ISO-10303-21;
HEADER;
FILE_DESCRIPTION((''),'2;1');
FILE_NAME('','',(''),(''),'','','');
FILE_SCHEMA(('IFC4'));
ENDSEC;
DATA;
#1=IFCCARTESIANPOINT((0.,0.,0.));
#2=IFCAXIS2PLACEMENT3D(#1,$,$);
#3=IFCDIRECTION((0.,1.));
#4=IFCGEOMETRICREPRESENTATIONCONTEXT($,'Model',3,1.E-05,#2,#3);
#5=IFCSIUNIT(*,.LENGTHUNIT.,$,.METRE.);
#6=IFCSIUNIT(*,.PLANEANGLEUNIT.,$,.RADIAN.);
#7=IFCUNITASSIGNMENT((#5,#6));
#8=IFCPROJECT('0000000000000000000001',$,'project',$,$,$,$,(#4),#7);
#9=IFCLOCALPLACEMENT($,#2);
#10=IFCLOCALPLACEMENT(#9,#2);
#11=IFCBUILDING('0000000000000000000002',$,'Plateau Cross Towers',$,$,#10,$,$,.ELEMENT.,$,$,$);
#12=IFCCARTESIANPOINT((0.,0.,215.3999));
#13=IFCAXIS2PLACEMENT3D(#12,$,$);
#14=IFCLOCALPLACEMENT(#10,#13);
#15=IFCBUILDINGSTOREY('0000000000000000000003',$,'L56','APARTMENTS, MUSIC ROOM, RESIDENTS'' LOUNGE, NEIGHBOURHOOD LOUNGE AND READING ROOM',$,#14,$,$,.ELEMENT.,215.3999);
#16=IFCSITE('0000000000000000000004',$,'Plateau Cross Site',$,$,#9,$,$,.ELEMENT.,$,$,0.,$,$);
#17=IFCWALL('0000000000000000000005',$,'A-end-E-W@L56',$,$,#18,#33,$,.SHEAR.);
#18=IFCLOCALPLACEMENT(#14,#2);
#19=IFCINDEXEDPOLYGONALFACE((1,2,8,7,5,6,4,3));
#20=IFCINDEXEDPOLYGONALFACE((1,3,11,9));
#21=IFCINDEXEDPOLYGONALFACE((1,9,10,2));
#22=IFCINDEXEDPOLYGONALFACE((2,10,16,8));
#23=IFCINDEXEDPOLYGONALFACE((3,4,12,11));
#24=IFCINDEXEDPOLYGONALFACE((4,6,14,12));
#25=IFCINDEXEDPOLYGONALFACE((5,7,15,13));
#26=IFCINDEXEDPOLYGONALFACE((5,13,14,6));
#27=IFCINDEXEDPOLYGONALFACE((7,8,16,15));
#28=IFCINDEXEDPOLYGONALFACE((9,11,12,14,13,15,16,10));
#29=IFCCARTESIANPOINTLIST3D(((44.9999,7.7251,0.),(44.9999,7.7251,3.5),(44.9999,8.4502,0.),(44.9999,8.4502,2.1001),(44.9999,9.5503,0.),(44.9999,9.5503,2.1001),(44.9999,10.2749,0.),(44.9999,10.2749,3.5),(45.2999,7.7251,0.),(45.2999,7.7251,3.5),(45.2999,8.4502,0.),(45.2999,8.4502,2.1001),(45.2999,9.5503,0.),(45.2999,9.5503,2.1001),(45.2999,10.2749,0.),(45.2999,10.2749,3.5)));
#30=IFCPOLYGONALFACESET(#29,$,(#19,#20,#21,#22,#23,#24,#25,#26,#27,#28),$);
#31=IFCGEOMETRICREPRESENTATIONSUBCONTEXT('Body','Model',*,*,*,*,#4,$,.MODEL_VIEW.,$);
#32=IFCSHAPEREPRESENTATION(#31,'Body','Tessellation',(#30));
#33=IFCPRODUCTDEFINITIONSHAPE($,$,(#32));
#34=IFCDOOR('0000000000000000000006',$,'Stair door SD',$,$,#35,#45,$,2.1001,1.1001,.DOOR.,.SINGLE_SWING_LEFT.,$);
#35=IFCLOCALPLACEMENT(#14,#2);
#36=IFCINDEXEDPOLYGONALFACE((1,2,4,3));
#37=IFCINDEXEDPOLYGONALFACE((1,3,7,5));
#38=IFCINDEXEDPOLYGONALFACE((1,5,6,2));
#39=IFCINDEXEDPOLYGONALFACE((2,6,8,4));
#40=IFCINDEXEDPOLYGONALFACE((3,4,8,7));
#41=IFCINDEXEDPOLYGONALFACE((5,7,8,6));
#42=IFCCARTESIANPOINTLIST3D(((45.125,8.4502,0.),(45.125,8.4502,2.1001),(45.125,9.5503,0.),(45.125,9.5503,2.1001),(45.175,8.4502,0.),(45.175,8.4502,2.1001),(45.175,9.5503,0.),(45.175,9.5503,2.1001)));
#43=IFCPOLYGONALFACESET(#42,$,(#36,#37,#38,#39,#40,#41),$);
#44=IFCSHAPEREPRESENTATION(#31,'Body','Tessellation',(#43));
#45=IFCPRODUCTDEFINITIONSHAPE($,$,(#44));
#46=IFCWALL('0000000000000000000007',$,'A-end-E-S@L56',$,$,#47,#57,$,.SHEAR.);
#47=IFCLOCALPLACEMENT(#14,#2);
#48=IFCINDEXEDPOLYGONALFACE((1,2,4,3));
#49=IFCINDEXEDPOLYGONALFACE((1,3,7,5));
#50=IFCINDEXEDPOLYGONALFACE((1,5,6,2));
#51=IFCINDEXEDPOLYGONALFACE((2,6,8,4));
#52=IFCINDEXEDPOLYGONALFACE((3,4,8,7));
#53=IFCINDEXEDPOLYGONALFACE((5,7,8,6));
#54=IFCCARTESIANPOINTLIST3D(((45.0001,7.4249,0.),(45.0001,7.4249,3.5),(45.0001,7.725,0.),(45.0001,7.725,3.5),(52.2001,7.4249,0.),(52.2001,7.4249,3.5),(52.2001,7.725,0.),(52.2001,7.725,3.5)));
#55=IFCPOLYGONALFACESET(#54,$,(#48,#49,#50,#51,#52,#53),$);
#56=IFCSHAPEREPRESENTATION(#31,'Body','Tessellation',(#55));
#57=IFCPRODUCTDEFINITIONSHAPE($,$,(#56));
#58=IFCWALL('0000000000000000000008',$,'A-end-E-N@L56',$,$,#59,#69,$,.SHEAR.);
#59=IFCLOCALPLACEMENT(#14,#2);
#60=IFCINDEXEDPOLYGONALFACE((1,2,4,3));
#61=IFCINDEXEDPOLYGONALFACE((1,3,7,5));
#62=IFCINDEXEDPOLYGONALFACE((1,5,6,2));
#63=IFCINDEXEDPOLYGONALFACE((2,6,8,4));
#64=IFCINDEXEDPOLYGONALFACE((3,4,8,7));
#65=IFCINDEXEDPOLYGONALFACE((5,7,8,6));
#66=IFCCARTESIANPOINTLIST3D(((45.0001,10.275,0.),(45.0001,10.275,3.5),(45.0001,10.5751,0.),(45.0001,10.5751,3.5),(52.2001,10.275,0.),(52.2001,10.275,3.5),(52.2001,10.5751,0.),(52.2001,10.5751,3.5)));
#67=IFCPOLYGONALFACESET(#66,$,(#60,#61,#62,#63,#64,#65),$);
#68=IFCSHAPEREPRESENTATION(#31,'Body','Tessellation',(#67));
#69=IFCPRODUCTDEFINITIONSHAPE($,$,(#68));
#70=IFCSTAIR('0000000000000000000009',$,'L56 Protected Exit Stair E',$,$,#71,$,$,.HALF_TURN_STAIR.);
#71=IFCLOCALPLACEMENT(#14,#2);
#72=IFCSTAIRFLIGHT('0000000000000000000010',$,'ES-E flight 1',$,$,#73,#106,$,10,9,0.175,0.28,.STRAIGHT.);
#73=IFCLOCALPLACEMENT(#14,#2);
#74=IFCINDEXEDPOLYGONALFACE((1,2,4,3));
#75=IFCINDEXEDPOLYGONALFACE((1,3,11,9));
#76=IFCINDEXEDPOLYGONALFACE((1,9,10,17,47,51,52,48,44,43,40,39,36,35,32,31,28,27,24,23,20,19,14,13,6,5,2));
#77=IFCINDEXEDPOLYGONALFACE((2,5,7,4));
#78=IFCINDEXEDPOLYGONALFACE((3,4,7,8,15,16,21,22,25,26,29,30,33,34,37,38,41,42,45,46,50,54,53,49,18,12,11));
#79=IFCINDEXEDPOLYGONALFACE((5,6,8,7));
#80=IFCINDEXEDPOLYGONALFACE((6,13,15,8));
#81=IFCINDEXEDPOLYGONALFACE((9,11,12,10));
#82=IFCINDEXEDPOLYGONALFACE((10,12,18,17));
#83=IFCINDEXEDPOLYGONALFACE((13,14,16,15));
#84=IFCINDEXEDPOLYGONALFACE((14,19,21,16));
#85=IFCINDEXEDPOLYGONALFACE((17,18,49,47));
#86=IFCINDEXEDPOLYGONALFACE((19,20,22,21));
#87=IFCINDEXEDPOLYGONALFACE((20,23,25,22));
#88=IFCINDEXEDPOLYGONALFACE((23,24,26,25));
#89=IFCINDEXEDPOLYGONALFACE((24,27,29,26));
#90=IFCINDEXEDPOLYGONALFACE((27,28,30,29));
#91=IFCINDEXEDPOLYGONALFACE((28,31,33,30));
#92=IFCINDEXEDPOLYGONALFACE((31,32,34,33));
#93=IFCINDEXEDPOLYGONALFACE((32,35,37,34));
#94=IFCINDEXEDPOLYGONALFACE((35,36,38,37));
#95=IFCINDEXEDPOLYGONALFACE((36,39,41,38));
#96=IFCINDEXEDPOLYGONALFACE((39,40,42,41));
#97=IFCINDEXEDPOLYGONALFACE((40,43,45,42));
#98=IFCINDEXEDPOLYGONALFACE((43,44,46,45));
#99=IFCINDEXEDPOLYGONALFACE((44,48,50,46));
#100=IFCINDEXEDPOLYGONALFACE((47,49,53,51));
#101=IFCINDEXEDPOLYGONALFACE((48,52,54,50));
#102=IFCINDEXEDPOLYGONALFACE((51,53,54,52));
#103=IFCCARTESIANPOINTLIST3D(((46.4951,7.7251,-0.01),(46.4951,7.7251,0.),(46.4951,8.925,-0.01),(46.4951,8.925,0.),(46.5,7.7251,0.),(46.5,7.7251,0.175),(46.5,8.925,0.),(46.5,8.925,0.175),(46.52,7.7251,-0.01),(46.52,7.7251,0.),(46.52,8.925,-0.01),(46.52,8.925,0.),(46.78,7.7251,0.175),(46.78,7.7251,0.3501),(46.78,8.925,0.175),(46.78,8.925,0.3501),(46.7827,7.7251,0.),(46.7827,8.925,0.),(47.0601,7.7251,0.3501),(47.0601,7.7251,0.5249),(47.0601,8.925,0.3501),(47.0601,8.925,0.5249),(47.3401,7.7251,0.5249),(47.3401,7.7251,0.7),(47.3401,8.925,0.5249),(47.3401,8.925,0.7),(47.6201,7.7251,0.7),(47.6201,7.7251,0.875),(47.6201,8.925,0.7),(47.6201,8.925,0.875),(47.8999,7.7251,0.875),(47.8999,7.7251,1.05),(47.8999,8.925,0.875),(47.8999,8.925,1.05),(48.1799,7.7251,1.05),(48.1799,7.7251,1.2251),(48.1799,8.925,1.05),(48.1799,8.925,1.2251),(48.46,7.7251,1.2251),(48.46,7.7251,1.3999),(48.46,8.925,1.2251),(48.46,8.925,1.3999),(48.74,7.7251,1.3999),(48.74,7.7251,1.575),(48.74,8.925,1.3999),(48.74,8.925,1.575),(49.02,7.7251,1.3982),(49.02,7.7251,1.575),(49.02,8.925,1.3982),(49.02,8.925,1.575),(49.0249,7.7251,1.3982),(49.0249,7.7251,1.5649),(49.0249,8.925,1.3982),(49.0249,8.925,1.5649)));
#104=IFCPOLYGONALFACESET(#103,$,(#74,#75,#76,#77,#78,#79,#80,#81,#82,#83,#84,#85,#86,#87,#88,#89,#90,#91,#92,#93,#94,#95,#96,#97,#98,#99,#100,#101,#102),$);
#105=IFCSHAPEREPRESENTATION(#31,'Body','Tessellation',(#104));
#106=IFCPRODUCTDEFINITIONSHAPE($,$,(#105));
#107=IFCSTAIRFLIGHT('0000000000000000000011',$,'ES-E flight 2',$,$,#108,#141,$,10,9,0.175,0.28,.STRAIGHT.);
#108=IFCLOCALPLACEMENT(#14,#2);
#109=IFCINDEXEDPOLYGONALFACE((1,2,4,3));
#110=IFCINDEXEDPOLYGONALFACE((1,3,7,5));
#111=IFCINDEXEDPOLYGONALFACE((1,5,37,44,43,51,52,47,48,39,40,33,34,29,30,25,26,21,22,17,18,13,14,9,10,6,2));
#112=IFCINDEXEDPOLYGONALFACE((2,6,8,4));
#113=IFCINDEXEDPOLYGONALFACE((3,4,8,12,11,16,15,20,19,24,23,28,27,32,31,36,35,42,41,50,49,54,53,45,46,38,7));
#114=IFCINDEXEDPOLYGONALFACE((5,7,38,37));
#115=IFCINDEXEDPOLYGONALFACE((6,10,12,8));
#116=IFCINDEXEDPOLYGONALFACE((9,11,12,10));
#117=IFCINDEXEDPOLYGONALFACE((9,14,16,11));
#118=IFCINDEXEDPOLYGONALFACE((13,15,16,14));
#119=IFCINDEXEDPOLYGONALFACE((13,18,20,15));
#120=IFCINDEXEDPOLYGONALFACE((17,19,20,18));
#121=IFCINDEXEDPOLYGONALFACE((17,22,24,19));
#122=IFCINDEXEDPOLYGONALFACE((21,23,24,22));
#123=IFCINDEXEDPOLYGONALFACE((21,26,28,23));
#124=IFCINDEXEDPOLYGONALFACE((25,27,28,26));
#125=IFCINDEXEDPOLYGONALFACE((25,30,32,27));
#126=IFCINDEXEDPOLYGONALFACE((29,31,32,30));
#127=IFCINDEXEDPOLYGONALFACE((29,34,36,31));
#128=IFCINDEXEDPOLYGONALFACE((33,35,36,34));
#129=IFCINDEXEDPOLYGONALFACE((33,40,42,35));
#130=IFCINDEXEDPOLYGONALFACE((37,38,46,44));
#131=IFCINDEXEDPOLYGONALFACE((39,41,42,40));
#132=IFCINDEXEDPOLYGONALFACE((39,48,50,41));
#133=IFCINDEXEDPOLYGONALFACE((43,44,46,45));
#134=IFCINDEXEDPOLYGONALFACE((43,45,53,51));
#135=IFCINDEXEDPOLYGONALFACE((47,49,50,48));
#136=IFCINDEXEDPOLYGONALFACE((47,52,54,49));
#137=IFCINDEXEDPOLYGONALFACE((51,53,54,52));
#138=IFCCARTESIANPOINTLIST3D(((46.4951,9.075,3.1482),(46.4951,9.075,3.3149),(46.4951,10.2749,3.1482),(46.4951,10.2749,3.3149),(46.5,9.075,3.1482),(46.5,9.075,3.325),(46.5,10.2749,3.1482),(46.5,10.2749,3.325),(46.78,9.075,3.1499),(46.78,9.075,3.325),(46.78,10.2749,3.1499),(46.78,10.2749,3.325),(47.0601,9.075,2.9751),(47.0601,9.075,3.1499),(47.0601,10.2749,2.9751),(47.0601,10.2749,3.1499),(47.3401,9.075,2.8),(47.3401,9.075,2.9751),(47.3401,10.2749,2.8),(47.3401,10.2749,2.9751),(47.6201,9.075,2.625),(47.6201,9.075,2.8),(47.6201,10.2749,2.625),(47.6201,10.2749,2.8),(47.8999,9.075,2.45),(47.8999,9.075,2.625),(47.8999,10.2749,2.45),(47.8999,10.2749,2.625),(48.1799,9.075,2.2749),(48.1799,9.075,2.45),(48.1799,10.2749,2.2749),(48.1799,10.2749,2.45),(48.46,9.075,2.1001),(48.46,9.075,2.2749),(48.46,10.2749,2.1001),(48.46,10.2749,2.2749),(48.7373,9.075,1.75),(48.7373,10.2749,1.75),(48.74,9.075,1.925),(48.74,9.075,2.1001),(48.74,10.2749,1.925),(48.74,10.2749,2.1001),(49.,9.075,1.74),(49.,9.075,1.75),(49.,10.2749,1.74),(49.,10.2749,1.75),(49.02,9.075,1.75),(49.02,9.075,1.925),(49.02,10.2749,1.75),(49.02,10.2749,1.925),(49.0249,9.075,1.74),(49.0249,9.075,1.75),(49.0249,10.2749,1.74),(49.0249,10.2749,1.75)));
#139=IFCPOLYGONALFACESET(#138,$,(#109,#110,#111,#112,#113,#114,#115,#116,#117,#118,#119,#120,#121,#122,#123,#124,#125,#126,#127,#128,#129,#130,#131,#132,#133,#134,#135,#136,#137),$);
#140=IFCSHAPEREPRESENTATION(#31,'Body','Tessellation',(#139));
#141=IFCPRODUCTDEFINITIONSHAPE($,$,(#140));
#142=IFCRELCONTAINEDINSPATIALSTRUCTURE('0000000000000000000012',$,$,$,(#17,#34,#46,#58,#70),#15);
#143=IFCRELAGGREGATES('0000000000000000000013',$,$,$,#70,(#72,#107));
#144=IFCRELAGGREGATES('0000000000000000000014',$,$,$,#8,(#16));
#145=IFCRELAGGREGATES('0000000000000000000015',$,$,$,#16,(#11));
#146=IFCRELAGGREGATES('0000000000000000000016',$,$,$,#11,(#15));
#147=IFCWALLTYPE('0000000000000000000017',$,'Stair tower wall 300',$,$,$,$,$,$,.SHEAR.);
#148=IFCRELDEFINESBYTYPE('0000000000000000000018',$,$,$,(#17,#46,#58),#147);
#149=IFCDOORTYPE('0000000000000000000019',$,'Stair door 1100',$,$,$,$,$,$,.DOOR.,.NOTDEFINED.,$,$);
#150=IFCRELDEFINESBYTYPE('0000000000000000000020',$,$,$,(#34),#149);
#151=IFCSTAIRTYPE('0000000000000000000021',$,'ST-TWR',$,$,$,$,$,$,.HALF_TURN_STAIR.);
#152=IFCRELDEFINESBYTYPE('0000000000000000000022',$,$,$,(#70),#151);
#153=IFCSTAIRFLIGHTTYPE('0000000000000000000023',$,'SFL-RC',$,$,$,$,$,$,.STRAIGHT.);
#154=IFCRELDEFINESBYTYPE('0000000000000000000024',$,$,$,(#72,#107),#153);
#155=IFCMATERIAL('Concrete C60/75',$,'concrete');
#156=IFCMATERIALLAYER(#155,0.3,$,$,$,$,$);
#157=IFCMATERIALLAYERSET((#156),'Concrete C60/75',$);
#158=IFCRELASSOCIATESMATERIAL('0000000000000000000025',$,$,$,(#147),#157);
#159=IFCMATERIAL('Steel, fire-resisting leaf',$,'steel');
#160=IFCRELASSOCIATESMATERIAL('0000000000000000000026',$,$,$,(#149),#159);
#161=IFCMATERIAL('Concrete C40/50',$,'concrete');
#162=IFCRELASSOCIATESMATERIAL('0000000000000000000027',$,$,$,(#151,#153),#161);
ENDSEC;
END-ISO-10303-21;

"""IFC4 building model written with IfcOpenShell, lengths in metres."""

from ifc_helpers import new_model, si_unit, direction, frame, frame_2d, origin, place, context, subcontext, project, spatial, polyline, rectangle, outline, extrude, material, layer, layer_set, type_object, element, fill, aggregate, save


model = new_model("IFC4")

# Units and contexts
model_context = context("Model", 3, precision=1e-05, world=origin(), true_north=direction((0.0, 1.0)))
body_context = subcontext(model_context, "Body", "Model", "MODEL_VIEW")
ifc_project = project(units=[si_unit("LENGTHUNIT", "METRE"), si_unit("PLANEANGLEUNIT", "RADIAN")], contexts=[model_context])

# Site, building, storey
site_placement = place(None, origin())
site = spatial("IfcSite", under=ifc_project, at=site_placement, Name="Plateau Cross Site", CompositionType="ELEMENT", RefElevation=0.0)
building_placement = place(site_placement, origin())
building = spatial("IfcBuilding", under=site, at=building_placement, Name="Plateau Cross Towers", CompositionType="ELEMENT")
storey_placement = place(building_placement, frame((0.0, 0.0, 215.3999)))
storey = spatial("IfcBuildingStorey", under=building, at=storey_placement, Name="L56", Description="APARTMENTS, MUSIC ROOM, RESIDENTS' LOUNGE, NEIGHBOURHOOD LOUNGE AND READING ROOM", CompositionType="ELEMENT", Elevation=215.3999)

# Wall, opening, door
ifc_material_1 = material(Name="Concrete C60/75", Category="concrete")
ifc_layer_1 = layer(ifc_material_1, 0.3)
ifc_layer_set_1 = layer_set([ifc_layer_1], Name="Concrete C60/75")
wall_type_1 = type_object("IfcWallType", Name="Stair tower wall 300", PredefinedType="SHEAR", material=ifc_layer_set_1)
wall_1_placement = place(storey_placement, frame((45.1499, 7.7251, 0.0), z_axis=(0.0, 0.0, 1.0), x_axis=(0.0, 1.0, 0.0)))
wall_1 = element("IfcWall", 1, at=wall_1_placement, inside=storey, type_object=wall_type_1, Name="A-end-E-W@L56", PredefinedType="SHEAR", context=body_context, shape_type="SweptSolid", body=[
    extrude(rectangle(XDim=2.5498, YDim=0.3, at=frame_2d((1.2749, 0.0))), origin(), (0.0, 0.0, 1.0), 3.5),
])
opening_1_placement = place(wall_1_placement, frame((0.7251, 0.0, 0.0)))
opening_1 = element("IfcOpeningElement", 2, at=opening_1_placement, cuts=wall_1, PredefinedType="OPENING", context=body_context, shape_type="SweptSolid", body=[
    extrude(rectangle(XDim=1.1001, YDim=2.1001, at=frame_2d((0.55, 1.05))), frame((0.0, 0.1599, 0.0), z_axis=(0.0, -1.0, 0.0), x_axis=(1.0, 0.0, 0.0)), (0.0, 0.0, 1.0), 0.3201),
])
ifc_material_2 = material(Name="Steel, fire-resisting leaf", Category="steel")
door_type_1 = type_object("IfcDoorType", Name="Stair door 1100", OperationType="NOTDEFINED", PredefinedType="DOOR", material=ifc_material_2)
door_1_placement = place(opening_1_placement, origin())
door_1 = element("IfcDoor", 3, at=door_1_placement, inside=storey, type_object=door_type_1, Name="Stair door SD", OperationType="SINGLE_SWING_LEFT", OverallHeight=2.1001, OverallWidth=1.1001, PredefinedType="DOOR", context=body_context, shape_type="SweptSolid", body=[
    extrude(rectangle(XDim=1.1001, YDim=2.1001, at=frame_2d((0.55, 1.05))), frame((0.0, 0.0249, 0.0), z_axis=(0.0, -1.0, 0.0), x_axis=(1.0, 0.0, 0.0)), (0.0, 0.0, 1.0), 0.05),
])
fill(opening_1, door_1)

# Walls
for number, where, z_axis, x_axis, name in (
    (4, (45.0, 7.575, 0.0), (0.0, 0.0, 1.0), (1.0, 0.0, 0.0), "A-end-E-S@L56"),
    (5, (45.0, 10.425, 0.0), (0.0, 0.0, 1.0), (1.0, 0.0, 0.0), "A-end-E-N@L56"),
):
    element("IfcWall", number, at=place(storey_placement, frame(where, z_axis=z_axis, x_axis=x_axis)), inside=storey, type_object=wall_type_1, Name=name, PredefinedType="SHEAR", context=body_context, shape_type="SweptSolid", body=[
        extrude(rectangle(XDim=7.2, YDim=0.3, at=frame_2d((3.6001, 0.0))), origin(), (0.0, 0.0, 1.0), 3.5),
    ])

# Stair, stair flights
ifc_material_3 = material(Name="Concrete C40/50", Category="concrete")
stair_type = type_object("IfcStairType", Name="ST-TWR", PredefinedType="HALF_TURN_STAIR", material=ifc_material_3)
stair_placement = place(storey_placement, origin())
stair = element("IfcStair", 6, at=stair_placement, inside=storey, type_object=stair_type, Name="L56 Protected Exit Stair E", PredefinedType="HALF_TURN_STAIR")
stair_flight_type = type_object("IfcStairFlightType", Name="SFL-RC", PredefinedType="STRAIGHT", material=ifc_material_3)
stair_flight_1_placement = place(storey_placement, frame((46.5, 8.325, 0.0), z_axis=(0.0, 0.0, 1.0), x_axis=(1.0, 0.0, 0.0)))
stair_flight_1 = element("IfcStairFlight", 7, at=stair_flight_1_placement, type_object=stair_flight_type, Name="ES-E flight 1", NumberOfRisers=10, NumberOfTreads=9, PredefinedType="STRAIGHT", RiserHeight=0.175, TreadLength=0.28, context=body_context, shape_type="SweptSolid", body=[
    extrude(outline(polyline([(-0.0049, -0.01), (-0.0049, 0.0), (0.0, 0.0), (0.0, 0.175), (0.28, 0.175), (0.28, 0.3501), (0.5601, 0.3501), (0.5601, 0.5249), (0.8401, 0.5249), (0.8401, 0.7), (1.1201, 0.7), (1.1201, 0.875), (1.3999, 0.875), (1.3999, 1.05), (1.6799, 1.05), (1.6799, 1.2251), (1.96, 1.2251), (1.96, 1.3999), (2.24, 1.3999), (2.24, 1.575), (2.52, 1.575), (2.5249, 1.5649), (2.5249, 1.3982), (2.52, 1.3982), (0.2827, 0.0), (0.02, 0.0), (0.02, -0.01), (-0.0049, -0.01)])), frame((0.0, 0.6001, 0.0), z_axis=(0.0, -1.0, 0.0), x_axis=(1.0, 0.0, 0.0)), (0.0, 0.0, 1.0), 1.2),
])
stair_flight_2_placement = place(storey_placement, frame((49.02, 9.675, 1.75), z_axis=(0.0, 0.0, 1.0), x_axis=(-1.0, 0.0, 0.0)))
stair_flight_2 = element("IfcStairFlight", 8, at=stair_flight_2_placement, type_object=stair_flight_type, Name="ES-E flight 2", NumberOfRisers=10, NumberOfTreads=9, PredefinedType="STRAIGHT", RiserHeight=0.175, TreadLength=0.28, context=body_context, shape_type="SweptSolid", body=[
    extrude(outline(polyline([(-0.0049, -0.01), (-0.0049, 0.0), (0.0, 0.0), (0.0, 0.175), (0.28, 0.175), (0.28, 0.3501), (0.5601, 0.3501), (0.5601, 0.5249), (0.8401, 0.5249), (0.8401, 0.7), (1.1201, 0.7), (1.1201, 0.875), (1.3999, 0.875), (1.3999, 1.05), (1.6799, 1.05), (1.6799, 1.2251), (1.96, 1.2251), (1.96, 1.3999), (2.24, 1.3999), (2.24, 1.575), (2.52, 1.575), (2.5249, 1.5649), (2.5249, 1.3982), (2.52, 1.3982), (0.2827, 0.0), (0.02, 0.0), (0.02, -0.01), (-0.0049, -0.01)])), frame((0.0, 0.6001, 0.0), z_axis=(0.0, -1.0, 0.0), x_axis=(1.0, 0.0, 0.0)), (0.0, 0.0, 1.0), 1.2),
])
aggregate(stair, [stair_flight_1, stair_flight_2])

save(model, "model.ifc")
